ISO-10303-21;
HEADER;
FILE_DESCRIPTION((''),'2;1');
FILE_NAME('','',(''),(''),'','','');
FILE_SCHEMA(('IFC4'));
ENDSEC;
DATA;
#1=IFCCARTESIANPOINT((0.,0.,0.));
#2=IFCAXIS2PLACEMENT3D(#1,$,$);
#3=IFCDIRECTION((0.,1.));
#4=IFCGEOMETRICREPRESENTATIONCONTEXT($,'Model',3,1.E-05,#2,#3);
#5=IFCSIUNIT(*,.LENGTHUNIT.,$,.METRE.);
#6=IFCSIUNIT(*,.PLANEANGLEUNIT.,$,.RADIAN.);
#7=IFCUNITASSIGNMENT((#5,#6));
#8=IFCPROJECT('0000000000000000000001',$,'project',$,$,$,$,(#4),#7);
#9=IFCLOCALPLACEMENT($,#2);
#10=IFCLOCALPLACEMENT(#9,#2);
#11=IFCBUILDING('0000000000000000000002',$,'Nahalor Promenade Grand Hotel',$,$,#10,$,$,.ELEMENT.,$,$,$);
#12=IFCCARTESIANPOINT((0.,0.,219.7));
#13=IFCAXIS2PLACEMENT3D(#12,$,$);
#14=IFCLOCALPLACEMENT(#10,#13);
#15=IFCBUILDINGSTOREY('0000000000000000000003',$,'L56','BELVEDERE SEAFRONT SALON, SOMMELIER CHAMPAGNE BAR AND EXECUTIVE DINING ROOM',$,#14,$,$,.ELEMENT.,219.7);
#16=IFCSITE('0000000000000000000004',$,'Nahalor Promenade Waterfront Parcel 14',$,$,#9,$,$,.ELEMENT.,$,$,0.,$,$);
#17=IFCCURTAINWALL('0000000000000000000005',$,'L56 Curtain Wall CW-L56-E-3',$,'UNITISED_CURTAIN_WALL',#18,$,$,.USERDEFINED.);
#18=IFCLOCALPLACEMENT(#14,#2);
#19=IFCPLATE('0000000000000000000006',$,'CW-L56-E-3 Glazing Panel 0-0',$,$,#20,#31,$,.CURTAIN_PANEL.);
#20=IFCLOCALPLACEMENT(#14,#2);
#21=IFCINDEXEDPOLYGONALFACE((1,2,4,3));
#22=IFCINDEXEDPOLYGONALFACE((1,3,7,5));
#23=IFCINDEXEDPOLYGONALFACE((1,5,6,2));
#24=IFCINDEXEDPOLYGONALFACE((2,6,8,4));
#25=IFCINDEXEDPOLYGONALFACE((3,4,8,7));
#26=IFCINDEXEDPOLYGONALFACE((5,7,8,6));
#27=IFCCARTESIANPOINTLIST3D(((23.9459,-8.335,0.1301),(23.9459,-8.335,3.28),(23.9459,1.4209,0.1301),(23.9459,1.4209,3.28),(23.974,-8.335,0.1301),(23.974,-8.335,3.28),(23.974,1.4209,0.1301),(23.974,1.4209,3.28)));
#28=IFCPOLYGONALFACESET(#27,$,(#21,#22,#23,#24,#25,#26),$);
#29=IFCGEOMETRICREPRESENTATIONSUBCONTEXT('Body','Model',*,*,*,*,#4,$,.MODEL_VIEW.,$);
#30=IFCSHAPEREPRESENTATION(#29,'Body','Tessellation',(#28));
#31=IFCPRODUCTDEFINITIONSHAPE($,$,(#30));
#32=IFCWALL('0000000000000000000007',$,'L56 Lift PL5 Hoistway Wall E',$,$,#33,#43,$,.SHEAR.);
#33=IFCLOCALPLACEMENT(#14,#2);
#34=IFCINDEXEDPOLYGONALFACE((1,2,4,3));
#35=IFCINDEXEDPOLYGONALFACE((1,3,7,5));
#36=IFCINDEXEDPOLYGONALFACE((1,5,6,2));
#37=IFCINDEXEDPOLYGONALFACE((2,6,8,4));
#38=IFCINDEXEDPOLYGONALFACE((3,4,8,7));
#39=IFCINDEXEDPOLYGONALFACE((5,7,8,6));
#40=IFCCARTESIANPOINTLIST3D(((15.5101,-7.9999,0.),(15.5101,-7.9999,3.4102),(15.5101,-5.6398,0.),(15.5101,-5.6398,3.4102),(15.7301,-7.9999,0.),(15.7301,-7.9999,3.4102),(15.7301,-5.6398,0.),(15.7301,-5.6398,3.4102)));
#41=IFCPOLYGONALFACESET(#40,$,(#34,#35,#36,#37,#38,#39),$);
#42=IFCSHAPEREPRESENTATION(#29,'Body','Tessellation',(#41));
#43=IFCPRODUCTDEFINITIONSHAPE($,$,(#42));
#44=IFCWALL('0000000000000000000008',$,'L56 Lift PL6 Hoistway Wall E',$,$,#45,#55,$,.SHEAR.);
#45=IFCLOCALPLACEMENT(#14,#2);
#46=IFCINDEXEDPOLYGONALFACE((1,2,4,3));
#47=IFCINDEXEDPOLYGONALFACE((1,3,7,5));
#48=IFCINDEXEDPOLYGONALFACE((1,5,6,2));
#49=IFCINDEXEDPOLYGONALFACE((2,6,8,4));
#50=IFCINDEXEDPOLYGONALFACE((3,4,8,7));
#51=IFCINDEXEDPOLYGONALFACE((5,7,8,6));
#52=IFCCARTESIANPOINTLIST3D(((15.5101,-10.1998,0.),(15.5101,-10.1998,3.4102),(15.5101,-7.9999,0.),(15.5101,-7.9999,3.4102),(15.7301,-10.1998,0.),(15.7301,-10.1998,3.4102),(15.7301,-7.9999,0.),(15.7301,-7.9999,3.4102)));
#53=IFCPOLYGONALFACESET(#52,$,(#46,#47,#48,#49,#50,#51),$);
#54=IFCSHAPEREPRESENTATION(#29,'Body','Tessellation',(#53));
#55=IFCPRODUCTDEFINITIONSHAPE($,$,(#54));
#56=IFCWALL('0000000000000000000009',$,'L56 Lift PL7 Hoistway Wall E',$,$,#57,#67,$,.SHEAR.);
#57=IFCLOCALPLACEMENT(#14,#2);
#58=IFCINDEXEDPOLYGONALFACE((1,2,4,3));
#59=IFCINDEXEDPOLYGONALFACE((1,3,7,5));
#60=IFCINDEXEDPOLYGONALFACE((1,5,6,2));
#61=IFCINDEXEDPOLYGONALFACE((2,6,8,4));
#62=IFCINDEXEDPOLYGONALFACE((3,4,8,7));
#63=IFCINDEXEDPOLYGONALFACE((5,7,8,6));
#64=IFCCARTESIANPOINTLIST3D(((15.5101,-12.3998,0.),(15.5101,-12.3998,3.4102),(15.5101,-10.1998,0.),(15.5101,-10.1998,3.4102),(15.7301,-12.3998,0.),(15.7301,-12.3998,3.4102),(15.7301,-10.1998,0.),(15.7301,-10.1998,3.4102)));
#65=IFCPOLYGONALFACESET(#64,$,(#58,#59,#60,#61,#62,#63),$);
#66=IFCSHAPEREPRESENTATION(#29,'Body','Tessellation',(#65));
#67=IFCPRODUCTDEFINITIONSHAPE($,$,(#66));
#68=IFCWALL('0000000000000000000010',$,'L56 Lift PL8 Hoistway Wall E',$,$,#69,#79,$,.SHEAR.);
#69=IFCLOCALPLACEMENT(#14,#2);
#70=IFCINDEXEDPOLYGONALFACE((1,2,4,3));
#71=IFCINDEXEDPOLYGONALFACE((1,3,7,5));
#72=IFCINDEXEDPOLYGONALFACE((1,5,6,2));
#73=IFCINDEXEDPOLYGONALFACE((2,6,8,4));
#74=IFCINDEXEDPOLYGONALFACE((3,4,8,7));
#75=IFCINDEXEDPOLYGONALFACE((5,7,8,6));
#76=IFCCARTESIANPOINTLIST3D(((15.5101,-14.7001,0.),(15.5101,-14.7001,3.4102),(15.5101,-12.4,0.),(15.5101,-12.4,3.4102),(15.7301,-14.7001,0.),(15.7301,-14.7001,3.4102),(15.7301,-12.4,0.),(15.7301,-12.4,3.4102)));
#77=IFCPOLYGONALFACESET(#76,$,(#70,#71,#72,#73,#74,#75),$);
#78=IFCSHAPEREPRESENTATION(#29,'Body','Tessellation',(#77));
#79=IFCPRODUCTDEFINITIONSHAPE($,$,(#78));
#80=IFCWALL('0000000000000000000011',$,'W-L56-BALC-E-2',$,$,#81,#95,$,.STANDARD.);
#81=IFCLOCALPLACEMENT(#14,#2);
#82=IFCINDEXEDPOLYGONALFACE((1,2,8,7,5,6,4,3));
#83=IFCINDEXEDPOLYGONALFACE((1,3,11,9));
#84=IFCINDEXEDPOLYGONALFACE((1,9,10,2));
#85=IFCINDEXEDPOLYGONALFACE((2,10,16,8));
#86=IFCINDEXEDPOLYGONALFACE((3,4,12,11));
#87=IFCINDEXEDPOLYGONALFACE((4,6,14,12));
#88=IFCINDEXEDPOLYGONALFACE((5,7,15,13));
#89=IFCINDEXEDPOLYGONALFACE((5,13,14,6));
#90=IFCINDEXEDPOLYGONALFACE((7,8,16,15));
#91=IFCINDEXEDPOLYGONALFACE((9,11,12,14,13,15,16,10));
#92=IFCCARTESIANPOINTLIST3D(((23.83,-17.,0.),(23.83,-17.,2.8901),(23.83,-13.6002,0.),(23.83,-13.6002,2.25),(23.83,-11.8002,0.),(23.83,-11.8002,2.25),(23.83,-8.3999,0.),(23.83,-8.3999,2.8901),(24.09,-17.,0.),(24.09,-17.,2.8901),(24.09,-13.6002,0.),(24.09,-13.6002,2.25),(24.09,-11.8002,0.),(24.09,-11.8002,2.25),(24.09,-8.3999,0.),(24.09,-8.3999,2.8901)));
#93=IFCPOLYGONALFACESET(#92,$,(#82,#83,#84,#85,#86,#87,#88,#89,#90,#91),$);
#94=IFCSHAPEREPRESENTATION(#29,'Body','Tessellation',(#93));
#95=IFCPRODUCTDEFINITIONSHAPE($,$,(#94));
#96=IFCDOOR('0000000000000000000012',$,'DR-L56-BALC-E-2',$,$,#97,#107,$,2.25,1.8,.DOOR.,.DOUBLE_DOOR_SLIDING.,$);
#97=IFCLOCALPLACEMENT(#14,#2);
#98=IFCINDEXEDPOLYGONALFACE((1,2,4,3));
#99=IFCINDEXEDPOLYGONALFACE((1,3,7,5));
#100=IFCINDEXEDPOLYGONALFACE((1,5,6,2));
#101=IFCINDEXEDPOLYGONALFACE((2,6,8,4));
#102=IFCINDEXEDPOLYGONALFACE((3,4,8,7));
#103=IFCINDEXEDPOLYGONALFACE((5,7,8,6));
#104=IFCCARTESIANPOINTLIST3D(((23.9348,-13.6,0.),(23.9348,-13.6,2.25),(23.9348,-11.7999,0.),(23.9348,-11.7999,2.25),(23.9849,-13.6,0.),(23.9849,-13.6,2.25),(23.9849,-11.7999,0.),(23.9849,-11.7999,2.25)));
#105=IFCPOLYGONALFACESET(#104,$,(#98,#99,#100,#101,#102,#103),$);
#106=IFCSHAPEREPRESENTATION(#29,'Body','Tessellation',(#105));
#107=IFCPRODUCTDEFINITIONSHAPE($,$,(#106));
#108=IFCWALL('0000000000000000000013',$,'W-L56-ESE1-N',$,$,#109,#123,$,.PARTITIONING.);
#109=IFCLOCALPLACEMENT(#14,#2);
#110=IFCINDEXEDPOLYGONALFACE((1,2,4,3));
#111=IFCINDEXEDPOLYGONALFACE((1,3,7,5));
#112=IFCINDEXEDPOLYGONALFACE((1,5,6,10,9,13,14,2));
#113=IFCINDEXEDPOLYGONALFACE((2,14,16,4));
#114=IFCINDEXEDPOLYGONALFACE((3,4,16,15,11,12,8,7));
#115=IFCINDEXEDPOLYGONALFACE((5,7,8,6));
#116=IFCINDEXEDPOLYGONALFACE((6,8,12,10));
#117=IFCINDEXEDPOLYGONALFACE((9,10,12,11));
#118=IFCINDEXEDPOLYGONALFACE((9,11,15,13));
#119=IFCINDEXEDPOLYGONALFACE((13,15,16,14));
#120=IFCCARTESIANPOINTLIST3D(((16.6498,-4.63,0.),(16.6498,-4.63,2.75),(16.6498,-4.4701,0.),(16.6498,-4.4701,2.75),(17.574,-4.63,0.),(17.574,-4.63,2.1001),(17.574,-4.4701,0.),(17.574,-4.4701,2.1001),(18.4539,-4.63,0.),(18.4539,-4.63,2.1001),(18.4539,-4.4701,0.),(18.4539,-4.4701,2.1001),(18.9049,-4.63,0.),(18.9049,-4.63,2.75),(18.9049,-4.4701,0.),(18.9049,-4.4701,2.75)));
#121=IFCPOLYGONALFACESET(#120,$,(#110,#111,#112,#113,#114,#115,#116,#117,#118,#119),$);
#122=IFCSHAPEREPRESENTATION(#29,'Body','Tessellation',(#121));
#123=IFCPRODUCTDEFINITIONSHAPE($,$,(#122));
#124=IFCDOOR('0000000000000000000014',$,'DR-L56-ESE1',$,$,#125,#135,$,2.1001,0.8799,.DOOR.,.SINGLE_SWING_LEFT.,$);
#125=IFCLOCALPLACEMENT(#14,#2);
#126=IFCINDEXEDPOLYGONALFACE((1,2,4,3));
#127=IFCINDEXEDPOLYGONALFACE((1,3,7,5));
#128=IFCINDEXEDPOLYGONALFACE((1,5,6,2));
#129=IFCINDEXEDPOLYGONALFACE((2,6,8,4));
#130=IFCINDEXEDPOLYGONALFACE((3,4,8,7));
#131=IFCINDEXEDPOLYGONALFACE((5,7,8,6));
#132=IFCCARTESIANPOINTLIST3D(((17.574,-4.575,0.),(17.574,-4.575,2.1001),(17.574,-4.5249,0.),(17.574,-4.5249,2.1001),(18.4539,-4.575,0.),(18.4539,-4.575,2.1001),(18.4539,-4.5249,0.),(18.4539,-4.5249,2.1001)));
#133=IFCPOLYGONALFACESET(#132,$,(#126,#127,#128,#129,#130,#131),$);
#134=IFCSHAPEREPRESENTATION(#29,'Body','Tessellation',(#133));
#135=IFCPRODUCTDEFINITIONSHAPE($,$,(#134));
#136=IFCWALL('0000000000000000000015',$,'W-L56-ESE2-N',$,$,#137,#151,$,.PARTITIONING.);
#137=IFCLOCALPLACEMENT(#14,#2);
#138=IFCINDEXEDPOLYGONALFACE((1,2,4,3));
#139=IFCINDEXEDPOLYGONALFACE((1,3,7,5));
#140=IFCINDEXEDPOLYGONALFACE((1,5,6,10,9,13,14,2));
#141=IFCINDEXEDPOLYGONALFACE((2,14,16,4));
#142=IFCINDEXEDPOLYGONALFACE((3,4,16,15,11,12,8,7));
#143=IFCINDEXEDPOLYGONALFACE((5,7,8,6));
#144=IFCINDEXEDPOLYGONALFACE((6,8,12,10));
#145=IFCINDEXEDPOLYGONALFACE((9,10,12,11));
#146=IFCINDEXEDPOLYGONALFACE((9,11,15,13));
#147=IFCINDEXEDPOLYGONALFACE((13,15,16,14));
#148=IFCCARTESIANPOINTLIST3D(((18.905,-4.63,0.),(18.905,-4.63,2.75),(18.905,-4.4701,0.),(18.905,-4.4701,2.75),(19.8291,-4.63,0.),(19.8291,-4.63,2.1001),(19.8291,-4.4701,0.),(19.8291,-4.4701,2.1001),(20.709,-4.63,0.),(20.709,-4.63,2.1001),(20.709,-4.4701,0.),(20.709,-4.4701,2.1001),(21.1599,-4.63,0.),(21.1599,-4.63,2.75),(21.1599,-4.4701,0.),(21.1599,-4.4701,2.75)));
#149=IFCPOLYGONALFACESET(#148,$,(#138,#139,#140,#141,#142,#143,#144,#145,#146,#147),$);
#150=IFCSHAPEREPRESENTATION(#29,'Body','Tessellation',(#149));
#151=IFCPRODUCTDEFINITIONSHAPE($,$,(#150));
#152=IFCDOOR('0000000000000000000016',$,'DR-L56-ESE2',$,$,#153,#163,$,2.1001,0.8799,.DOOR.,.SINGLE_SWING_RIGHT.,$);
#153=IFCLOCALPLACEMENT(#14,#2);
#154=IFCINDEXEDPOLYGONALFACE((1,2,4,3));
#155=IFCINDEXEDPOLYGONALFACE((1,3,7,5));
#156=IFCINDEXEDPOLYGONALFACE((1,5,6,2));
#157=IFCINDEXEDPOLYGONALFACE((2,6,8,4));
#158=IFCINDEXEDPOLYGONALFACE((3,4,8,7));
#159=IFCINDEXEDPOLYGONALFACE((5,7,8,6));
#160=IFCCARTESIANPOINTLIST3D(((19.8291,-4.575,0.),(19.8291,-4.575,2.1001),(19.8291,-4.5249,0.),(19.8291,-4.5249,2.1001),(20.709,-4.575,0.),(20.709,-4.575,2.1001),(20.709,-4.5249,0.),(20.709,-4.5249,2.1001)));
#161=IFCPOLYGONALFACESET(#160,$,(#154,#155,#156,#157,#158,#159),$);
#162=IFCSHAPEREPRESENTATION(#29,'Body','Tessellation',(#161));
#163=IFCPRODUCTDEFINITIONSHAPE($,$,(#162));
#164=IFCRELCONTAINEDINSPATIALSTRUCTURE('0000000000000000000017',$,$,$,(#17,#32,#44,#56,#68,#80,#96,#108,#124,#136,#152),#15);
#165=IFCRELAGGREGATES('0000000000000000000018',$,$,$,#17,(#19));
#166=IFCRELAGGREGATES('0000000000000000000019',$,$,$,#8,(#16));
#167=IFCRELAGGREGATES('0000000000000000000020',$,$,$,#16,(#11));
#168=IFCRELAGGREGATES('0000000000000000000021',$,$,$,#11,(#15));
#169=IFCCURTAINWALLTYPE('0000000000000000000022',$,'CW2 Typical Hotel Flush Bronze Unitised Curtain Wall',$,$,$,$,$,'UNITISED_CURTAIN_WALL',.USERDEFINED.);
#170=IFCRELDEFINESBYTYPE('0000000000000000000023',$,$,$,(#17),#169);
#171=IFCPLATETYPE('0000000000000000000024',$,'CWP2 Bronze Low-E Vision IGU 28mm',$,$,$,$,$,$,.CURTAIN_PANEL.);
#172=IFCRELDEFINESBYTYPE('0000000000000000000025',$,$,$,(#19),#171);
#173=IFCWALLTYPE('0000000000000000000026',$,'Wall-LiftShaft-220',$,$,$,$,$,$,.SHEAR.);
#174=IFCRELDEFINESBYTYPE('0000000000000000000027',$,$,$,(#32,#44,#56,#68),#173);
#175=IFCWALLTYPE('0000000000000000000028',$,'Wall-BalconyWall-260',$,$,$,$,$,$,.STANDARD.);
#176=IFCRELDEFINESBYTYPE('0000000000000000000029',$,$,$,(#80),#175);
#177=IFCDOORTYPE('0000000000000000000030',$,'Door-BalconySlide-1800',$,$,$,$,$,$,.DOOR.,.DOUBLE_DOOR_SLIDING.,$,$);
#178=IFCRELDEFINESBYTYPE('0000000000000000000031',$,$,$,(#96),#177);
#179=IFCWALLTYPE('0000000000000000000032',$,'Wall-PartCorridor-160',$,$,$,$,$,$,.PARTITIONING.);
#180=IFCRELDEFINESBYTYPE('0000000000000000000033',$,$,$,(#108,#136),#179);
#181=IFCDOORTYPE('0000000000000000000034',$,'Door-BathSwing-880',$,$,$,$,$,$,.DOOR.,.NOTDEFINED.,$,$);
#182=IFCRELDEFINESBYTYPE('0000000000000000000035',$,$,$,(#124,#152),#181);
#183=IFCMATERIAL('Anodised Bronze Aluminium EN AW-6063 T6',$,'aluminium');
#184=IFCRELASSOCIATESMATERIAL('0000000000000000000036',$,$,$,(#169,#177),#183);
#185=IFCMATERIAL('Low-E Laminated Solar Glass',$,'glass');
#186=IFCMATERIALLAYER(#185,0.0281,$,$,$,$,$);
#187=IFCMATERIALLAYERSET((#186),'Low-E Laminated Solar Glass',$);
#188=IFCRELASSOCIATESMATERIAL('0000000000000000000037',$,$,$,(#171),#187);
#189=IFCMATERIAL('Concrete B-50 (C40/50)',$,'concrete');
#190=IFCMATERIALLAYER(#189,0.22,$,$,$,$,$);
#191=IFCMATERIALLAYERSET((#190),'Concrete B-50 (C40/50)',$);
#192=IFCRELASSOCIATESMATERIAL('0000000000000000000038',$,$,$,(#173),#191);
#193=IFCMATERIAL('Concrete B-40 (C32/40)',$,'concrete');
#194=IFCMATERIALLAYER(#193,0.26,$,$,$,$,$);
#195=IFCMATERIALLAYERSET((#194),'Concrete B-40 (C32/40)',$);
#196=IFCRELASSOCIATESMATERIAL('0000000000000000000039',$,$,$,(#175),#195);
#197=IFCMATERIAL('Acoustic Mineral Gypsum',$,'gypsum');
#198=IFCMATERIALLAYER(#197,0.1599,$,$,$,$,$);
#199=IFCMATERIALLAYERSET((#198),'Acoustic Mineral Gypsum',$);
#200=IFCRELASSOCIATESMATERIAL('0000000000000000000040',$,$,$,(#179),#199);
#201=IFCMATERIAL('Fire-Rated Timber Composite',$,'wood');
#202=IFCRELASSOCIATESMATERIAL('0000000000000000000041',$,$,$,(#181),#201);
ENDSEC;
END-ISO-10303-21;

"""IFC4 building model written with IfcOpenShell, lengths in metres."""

from ifc_helpers import new_model, si_unit, direction, frame, frame_2d, origin, origin_2d, place, context, subcontext, project, spatial, rectangle, extrude, source, transform, mapped, material, layer, layer_set, type_object, element, fill, aggregate, save


model = new_model("IFC4")

# Units and contexts
model_context = context("Model", 3, precision=1e-05, world=origin(), true_north=direction((0.0, 1.0)))
body_context = subcontext(model_context, "Body", "Model", "MODEL_VIEW")
ifc_project = project(units=[si_unit("LENGTHUNIT", "METRE"), si_unit("PLANEANGLEUNIT", "RADIAN")], contexts=[model_context])

# Site, building, storey
site_placement = place(None, origin())
site = spatial("IfcSite", under=ifc_project, at=site_placement, Name="Nahalor Promenade Waterfront Parcel 14", CompositionType="ELEMENT", RefElevation=0.0)
building_placement = place(site_placement, origin())
building = spatial("IfcBuilding", under=site, at=building_placement, Name="Nahalor Promenade Grand Hotel", CompositionType="ELEMENT")
storey_placement = place(building_placement, frame((0.0, 0.0, 219.7)))
storey = spatial("IfcBuildingStorey", under=building, at=storey_placement, Name="L56", Description="BELVEDERE SEAFRONT SALON, SOMMELIER CHAMPAGNE BAR AND EXECUTIVE DINING ROOM", CompositionType="ELEMENT", Elevation=219.7)

# Curtain wall, plate
ifc_material_1 = material(Name="Anodised Bronze Aluminium EN AW-6063 T6", Category="aluminium")
curtain_wall_type = type_object("IfcCurtainWallType", Name="CW2 Typical Hotel Flush Bronze Unitised Curtain Wall", ElementType="UNITISED_CURTAIN_WALL", PredefinedType="USERDEFINED", material=ifc_material_1)
curtain_wall_placement = place(storey_placement, origin())
curtain_wall = element("IfcCurtainWall", 1, at=curtain_wall_placement, inside=storey, type_object=curtain_wall_type, Name="L56 Curtain Wall CW-L56-E-3", ObjectType="UNITISED_CURTAIN_WALL", PredefinedType="USERDEFINED")
ifc_material_2 = material(Name="Low-E Laminated Solar Glass", Category="glass")
ifc_layer_1 = layer(ifc_material_2, 0.0281)
ifc_layer_set_1 = layer_set([ifc_layer_1], Name="Low-E Laminated Solar Glass")
plate_type = type_object("IfcPlateType", Name="CWP2 Bronze Low-E Vision IGU 28mm", PredefinedType="CURTAIN_PANEL", material=ifc_layer_set_1)
shared_shape_1 = source(origin(), body_context, "Body", "SweptSolid", [
    extrude(rectangle(XDim=9.7559, YDim=0.0281, at=origin_2d()), origin(), (0.0, 0.0, 1.0), 3.1499),
])
plate_placement = place(storey_placement, frame((23.96, -3.457, 0.1301), z_axis=(0.0, 0.0, 1.0), x_axis=(0.0, 1.0, 0.0)))
plate = element("IfcPlate", 2, at=plate_placement, type_object=plate_type, Name="CW-L56-E-3 Glazing Panel 0-0", PredefinedType="CURTAIN_PANEL", context=body_context, shape_type="MappedRepresentation", body=[
    mapped(shared_shape_1, transform((0.0, 0.0, 0.0), scale=1.0)),
])
aggregate(curtain_wall, [plate])

# Walls
ifc_material_3 = material(Name="Concrete B-50 (C40/50)", Category="concrete")
ifc_layer_2 = layer(ifc_material_3, 0.22)
ifc_layer_set_2 = layer_set([ifc_layer_2], Name="Concrete B-50 (C40/50)")
wall_type_1 = type_object("IfcWallType", Name="Wall-LiftShaft-220", PredefinedType="SHEAR", material=ifc_layer_set_2)
shared_shape_2 = source(origin(), body_context, "Body", "SweptSolid", [
    extrude(rectangle(XDim=2.3601, YDim=0.22, at=frame_2d((1.1802, 0.0))), origin(), (0.0, 0.0, 1.0), 3.4102),
])
wall_1_placement = place(storey_placement, frame((15.6201, -8.0, 0.0), z_axis=(0.0, 0.0, 1.0), x_axis=(0.0, 1.0, 0.0)))
element("IfcWall", 3, at=wall_1_placement, inside=storey, type_object=wall_type_1, Name="L56 Lift PL5 Hoistway Wall E", PredefinedType="SHEAR", context=body_context, shape_type="MappedRepresentation", body=[
    mapped(shared_shape_2, transform((0.0, 0.0, 0.0), scale=1.0)),
])
shared_shape_3 = source(origin(), body_context, "Body", "SweptSolid", [
    extrude(rectangle(XDim=2.2, YDim=0.22, at=frame_2d((1.1001, 0.0))), origin(), (0.0, 0.0, 1.0), 3.4102),
])
for number, where, z_axis, x_axis, name in (
    (4, (15.6201, -10.2, 0.0), (0.0, 0.0, 1.0), (0.0, 1.0, 0.0), "L56 Lift PL6 Hoistway Wall E"),
    (5, (15.6201, -12.3999, 0.0), (0.0, 0.0, 1.0), (0.0, 1.0, 0.0), "L56 Lift PL7 Hoistway Wall E"),
):
    element("IfcWall", number, at=place(storey_placement, frame(where, z_axis=z_axis, x_axis=x_axis)), inside=storey, type_object=wall_type_1, Name=name, PredefinedType="SHEAR", context=body_context, shape_type="MappedRepresentation", body=[
        mapped(shared_shape_3, transform((0.0, 0.0, 0.0), scale=1.0)),
    ])
shared_shape_4 = source(origin(), body_context, "Body", "SweptSolid", [
    extrude(rectangle(XDim=2.3, YDim=0.22, at=frame_2d((1.1499, 0.0))), origin(), (0.0, 0.0, 1.0), 3.4102),
])
wall_2_placement = place(storey_placement, frame((15.6201, -14.7, 0.0), z_axis=(0.0, 0.0, 1.0), x_axis=(0.0, 1.0, 0.0)))
element("IfcWall", 6, at=wall_2_placement, inside=storey, type_object=wall_type_1, Name="L56 Lift PL8 Hoistway Wall E", PredefinedType="SHEAR", context=body_context, shape_type="MappedRepresentation", body=[
    mapped(shared_shape_4, transform((0.0, 0.0, 0.0), scale=1.0)),
])

# Walls, openings, doors
ifc_material_4 = material(Name="Concrete B-40 (C32/40)", Category="concrete")
ifc_layer_3 = layer(ifc_material_4, 0.26)
ifc_layer_set_3 = layer_set([ifc_layer_3], Name="Concrete B-40 (C32/40)")
wall_type_2 = type_object("IfcWallType", Name="Wall-BalconyWall-260", PredefinedType="STANDARD", material=ifc_layer_set_3)
shared_shape_5 = source(origin(), body_context, "Body", "SweptSolid", [
    extrude(rectangle(XDim=8.6001, YDim=0.26, at=frame_2d((4.3, 0.0))), origin(), (0.0, 0.0, 1.0), 2.8901),
])
wall_3_placement = place(storey_placement, frame((23.96, -17.0, 0.0), z_axis=(0.0, 0.0, 1.0), x_axis=(0.0, 1.0, 0.0)))
wall_3 = element("IfcWall", 7, at=wall_3_placement, inside=storey, type_object=wall_type_2, Name="W-L56-BALC-E-2", PredefinedType="STANDARD", context=body_context, shape_type="MappedRepresentation", body=[
    mapped(shared_shape_5, transform((0.0, 0.0, 0.0), scale=1.0)),
])
opening_1_placement = place(wall_3_placement, frame((3.3999, 0.0, 0.0)))
opening_1 = element("IfcOpeningElement", 8, at=opening_1_placement, cuts=wall_3, PredefinedType="OPENING", context=body_context, shape_type="SweptSolid", body=[
    extrude(rectangle(XDim=1.8, YDim=2.25, at=frame_2d((0.8999, 1.125))), frame((0.0, 0.1399, 0.0), z_axis=(0.0, -1.0, 0.0), x_axis=(1.0, 0.0, 0.0)), (0.0, 0.0, 1.0), 0.28),
])
door_type_1 = type_object("IfcDoorType", Name="Door-BalconySlide-1800", OperationType="DOUBLE_DOOR_SLIDING", PredefinedType="DOOR", material=ifc_material_1)
shared_shape_6 = source(origin(), body_context, "Body", "SweptSolid", [
    extrude(rectangle(XDim=1.8, YDim=2.25, at=frame_2d((0.8999, 1.125))), frame((0.0, 0.0249, 0.0), z_axis=(0.0, -1.0, 0.0), x_axis=(1.0, 0.0, 0.0)), (0.0, 0.0, 1.0), 0.05),
])
door_1_placement = place(opening_1_placement, frame((1.8, 0.0, 0.0), z_axis=(0.0, 0.0, 1.0), x_axis=(-1.0, 0.0, 0.0)))
door_1 = element("IfcDoor", 9, at=door_1_placement, inside=storey, type_object=door_type_1, Name="DR-L56-BALC-E-2", OperationType="DOUBLE_DOOR_SLIDING", OverallHeight=2.25, OverallWidth=1.8, PredefinedType="DOOR", context=body_context, shape_type="MappedRepresentation", body=[
    mapped(shared_shape_6, transform((0.0, 0.0, 0.0), scale=1.0)),
])
fill(opening_1, door_1)
ifc_material_5 = material(Name="Acoustic Mineral Gypsum", Category="gypsum")
ifc_layer_4 = layer(ifc_material_5, 0.1599)
ifc_layer_set_4 = layer_set([ifc_layer_4], Name="Acoustic Mineral Gypsum")
wall_type_3 = type_object("IfcWallType", Name="Wall-PartCorridor-160", PredefinedType="PARTITIONING", material=ifc_layer_set_4)
shared_shape_7 = source(origin(), body_context, "Body", "SweptSolid", [
    extrude(rectangle(XDim=2.2551, YDim=0.1599, at=frame_2d((1.1274, 0.0))), origin(), (0.0, 0.0, 1.0), 2.75),
])
wall_4_placement = place(storey_placement, frame((16.6499, -4.55, 0.0), z_axis=(0.0, 0.0, 1.0), x_axis=(1.0, 0.0, 0.0)))
wall_4 = element("IfcWall", 10, at=wall_4_placement, inside=storey, type_object=wall_type_3, Name="W-L56-ESE1-N", PredefinedType="PARTITIONING", context=body_context, shape_type="MappedRepresentation", body=[
    mapped(shared_shape_7, transform((0.0, 0.0, 0.0), scale=1.0)),
])
opening_2_placement = place(wall_4_placement, frame((0.9241, 0.0, 0.0)))
opening_2 = element("IfcOpeningElement", 11, at=opening_2_placement, cuts=wall_4, PredefinedType="OPENING", context=body_context, shape_type="SweptSolid", body=[
    extrude(rectangle(XDim=0.8799, YDim=2.1001, at=frame_2d((0.4399, 1.05))), frame((0.0, 0.0898, 0.0), z_axis=(0.0, -1.0, 0.0), x_axis=(1.0, 0.0, 0.0)), (0.0, 0.0, 1.0), 0.1799),
])
ifc_material_6 = material(Name="Fire-Rated Timber Composite", Category="wood")
door_type_2 = type_object("IfcDoorType", Name="Door-BathSwing-880", OperationType="NOTDEFINED", PredefinedType="DOOR", material=ifc_material_6)
shared_shape_8 = source(origin(), body_context, "Body", "SweptSolid", [
    extrude(rectangle(XDim=0.8799, YDim=2.1001, at=frame_2d((0.4399, 1.05))), frame((0.0, 0.0249, 0.0), z_axis=(0.0, -1.0, 0.0), x_axis=(1.0, 0.0, 0.0)), (0.0, 0.0, 1.0), 0.05),
])
door_2_placement = place(opening_2_placement, frame((0.8799, 0.0, 0.0), z_axis=(0.0, 0.0, 1.0), x_axis=(-1.0, 0.0, 0.0)))
door_2 = element("IfcDoor", 12, at=door_2_placement, inside=storey, type_object=door_type_2, Name="DR-L56-ESE1", OperationType="SINGLE_SWING_LEFT", OverallHeight=2.1001, OverallWidth=0.8799, PredefinedType="DOOR", context=body_context, shape_type="MappedRepresentation", body=[
    mapped(shared_shape_8, transform((0.0, 0.0, 0.0), scale=1.0)),
])
fill(opening_2, door_2)
shared_shape_9 = source(origin(), body_context, "Body", "SweptSolid", [
    extrude(rectangle(XDim=2.2549, YDim=0.1599, at=frame_2d((1.1274, 0.0))), origin(), (0.0, 0.0, 1.0), 2.75),
])
wall_5_placement = place(storey_placement, frame((18.905, -4.55, 0.0), z_axis=(0.0, 0.0, 1.0), x_axis=(1.0, 0.0, 0.0)))
wall_5 = element("IfcWall", 13, at=wall_5_placement, inside=storey, type_object=wall_type_3, Name="W-L56-ESE2-N", PredefinedType="PARTITIONING", context=body_context, shape_type="MappedRepresentation", body=[
    mapped(shared_shape_9, transform((0.0, 0.0, 0.0), scale=1.0)),
])
opening_3_placement = place(wall_5_placement, frame((0.9241, 0.0, 0.0)))
opening_3 = element("IfcOpeningElement", 14, at=opening_3_placement, cuts=wall_5, PredefinedType="OPENING", context=body_context, shape_type="SweptSolid", body=[
    extrude(rectangle(XDim=0.8799, YDim=2.1001, at=frame_2d((0.4399, 1.05))), frame((0.0, 0.0898, 0.0), z_axis=(0.0, -1.0, 0.0), x_axis=(1.0, 0.0, 0.0)), (0.0, 0.0, 1.0), 0.1799),
])
door_3_placement = place(opening_3_placement, frame((0.8799, 0.0, 0.0), z_axis=(0.0, 0.0, 1.0), x_axis=(-1.0, 0.0, 0.0)))
door_3 = element("IfcDoor", 15, at=door_3_placement, inside=storey, type_object=door_type_2, Name="DR-L56-ESE2", OperationType="SINGLE_SWING_RIGHT", OverallHeight=2.1001, OverallWidth=0.8799, PredefinedType="DOOR", context=body_context, shape_type="MappedRepresentation", body=[
    mapped(shared_shape_8, transform((0.0, 0.0, 0.0), scale=1.0)),
])
fill(opening_3, door_3)

save(model, "model.ifc")
